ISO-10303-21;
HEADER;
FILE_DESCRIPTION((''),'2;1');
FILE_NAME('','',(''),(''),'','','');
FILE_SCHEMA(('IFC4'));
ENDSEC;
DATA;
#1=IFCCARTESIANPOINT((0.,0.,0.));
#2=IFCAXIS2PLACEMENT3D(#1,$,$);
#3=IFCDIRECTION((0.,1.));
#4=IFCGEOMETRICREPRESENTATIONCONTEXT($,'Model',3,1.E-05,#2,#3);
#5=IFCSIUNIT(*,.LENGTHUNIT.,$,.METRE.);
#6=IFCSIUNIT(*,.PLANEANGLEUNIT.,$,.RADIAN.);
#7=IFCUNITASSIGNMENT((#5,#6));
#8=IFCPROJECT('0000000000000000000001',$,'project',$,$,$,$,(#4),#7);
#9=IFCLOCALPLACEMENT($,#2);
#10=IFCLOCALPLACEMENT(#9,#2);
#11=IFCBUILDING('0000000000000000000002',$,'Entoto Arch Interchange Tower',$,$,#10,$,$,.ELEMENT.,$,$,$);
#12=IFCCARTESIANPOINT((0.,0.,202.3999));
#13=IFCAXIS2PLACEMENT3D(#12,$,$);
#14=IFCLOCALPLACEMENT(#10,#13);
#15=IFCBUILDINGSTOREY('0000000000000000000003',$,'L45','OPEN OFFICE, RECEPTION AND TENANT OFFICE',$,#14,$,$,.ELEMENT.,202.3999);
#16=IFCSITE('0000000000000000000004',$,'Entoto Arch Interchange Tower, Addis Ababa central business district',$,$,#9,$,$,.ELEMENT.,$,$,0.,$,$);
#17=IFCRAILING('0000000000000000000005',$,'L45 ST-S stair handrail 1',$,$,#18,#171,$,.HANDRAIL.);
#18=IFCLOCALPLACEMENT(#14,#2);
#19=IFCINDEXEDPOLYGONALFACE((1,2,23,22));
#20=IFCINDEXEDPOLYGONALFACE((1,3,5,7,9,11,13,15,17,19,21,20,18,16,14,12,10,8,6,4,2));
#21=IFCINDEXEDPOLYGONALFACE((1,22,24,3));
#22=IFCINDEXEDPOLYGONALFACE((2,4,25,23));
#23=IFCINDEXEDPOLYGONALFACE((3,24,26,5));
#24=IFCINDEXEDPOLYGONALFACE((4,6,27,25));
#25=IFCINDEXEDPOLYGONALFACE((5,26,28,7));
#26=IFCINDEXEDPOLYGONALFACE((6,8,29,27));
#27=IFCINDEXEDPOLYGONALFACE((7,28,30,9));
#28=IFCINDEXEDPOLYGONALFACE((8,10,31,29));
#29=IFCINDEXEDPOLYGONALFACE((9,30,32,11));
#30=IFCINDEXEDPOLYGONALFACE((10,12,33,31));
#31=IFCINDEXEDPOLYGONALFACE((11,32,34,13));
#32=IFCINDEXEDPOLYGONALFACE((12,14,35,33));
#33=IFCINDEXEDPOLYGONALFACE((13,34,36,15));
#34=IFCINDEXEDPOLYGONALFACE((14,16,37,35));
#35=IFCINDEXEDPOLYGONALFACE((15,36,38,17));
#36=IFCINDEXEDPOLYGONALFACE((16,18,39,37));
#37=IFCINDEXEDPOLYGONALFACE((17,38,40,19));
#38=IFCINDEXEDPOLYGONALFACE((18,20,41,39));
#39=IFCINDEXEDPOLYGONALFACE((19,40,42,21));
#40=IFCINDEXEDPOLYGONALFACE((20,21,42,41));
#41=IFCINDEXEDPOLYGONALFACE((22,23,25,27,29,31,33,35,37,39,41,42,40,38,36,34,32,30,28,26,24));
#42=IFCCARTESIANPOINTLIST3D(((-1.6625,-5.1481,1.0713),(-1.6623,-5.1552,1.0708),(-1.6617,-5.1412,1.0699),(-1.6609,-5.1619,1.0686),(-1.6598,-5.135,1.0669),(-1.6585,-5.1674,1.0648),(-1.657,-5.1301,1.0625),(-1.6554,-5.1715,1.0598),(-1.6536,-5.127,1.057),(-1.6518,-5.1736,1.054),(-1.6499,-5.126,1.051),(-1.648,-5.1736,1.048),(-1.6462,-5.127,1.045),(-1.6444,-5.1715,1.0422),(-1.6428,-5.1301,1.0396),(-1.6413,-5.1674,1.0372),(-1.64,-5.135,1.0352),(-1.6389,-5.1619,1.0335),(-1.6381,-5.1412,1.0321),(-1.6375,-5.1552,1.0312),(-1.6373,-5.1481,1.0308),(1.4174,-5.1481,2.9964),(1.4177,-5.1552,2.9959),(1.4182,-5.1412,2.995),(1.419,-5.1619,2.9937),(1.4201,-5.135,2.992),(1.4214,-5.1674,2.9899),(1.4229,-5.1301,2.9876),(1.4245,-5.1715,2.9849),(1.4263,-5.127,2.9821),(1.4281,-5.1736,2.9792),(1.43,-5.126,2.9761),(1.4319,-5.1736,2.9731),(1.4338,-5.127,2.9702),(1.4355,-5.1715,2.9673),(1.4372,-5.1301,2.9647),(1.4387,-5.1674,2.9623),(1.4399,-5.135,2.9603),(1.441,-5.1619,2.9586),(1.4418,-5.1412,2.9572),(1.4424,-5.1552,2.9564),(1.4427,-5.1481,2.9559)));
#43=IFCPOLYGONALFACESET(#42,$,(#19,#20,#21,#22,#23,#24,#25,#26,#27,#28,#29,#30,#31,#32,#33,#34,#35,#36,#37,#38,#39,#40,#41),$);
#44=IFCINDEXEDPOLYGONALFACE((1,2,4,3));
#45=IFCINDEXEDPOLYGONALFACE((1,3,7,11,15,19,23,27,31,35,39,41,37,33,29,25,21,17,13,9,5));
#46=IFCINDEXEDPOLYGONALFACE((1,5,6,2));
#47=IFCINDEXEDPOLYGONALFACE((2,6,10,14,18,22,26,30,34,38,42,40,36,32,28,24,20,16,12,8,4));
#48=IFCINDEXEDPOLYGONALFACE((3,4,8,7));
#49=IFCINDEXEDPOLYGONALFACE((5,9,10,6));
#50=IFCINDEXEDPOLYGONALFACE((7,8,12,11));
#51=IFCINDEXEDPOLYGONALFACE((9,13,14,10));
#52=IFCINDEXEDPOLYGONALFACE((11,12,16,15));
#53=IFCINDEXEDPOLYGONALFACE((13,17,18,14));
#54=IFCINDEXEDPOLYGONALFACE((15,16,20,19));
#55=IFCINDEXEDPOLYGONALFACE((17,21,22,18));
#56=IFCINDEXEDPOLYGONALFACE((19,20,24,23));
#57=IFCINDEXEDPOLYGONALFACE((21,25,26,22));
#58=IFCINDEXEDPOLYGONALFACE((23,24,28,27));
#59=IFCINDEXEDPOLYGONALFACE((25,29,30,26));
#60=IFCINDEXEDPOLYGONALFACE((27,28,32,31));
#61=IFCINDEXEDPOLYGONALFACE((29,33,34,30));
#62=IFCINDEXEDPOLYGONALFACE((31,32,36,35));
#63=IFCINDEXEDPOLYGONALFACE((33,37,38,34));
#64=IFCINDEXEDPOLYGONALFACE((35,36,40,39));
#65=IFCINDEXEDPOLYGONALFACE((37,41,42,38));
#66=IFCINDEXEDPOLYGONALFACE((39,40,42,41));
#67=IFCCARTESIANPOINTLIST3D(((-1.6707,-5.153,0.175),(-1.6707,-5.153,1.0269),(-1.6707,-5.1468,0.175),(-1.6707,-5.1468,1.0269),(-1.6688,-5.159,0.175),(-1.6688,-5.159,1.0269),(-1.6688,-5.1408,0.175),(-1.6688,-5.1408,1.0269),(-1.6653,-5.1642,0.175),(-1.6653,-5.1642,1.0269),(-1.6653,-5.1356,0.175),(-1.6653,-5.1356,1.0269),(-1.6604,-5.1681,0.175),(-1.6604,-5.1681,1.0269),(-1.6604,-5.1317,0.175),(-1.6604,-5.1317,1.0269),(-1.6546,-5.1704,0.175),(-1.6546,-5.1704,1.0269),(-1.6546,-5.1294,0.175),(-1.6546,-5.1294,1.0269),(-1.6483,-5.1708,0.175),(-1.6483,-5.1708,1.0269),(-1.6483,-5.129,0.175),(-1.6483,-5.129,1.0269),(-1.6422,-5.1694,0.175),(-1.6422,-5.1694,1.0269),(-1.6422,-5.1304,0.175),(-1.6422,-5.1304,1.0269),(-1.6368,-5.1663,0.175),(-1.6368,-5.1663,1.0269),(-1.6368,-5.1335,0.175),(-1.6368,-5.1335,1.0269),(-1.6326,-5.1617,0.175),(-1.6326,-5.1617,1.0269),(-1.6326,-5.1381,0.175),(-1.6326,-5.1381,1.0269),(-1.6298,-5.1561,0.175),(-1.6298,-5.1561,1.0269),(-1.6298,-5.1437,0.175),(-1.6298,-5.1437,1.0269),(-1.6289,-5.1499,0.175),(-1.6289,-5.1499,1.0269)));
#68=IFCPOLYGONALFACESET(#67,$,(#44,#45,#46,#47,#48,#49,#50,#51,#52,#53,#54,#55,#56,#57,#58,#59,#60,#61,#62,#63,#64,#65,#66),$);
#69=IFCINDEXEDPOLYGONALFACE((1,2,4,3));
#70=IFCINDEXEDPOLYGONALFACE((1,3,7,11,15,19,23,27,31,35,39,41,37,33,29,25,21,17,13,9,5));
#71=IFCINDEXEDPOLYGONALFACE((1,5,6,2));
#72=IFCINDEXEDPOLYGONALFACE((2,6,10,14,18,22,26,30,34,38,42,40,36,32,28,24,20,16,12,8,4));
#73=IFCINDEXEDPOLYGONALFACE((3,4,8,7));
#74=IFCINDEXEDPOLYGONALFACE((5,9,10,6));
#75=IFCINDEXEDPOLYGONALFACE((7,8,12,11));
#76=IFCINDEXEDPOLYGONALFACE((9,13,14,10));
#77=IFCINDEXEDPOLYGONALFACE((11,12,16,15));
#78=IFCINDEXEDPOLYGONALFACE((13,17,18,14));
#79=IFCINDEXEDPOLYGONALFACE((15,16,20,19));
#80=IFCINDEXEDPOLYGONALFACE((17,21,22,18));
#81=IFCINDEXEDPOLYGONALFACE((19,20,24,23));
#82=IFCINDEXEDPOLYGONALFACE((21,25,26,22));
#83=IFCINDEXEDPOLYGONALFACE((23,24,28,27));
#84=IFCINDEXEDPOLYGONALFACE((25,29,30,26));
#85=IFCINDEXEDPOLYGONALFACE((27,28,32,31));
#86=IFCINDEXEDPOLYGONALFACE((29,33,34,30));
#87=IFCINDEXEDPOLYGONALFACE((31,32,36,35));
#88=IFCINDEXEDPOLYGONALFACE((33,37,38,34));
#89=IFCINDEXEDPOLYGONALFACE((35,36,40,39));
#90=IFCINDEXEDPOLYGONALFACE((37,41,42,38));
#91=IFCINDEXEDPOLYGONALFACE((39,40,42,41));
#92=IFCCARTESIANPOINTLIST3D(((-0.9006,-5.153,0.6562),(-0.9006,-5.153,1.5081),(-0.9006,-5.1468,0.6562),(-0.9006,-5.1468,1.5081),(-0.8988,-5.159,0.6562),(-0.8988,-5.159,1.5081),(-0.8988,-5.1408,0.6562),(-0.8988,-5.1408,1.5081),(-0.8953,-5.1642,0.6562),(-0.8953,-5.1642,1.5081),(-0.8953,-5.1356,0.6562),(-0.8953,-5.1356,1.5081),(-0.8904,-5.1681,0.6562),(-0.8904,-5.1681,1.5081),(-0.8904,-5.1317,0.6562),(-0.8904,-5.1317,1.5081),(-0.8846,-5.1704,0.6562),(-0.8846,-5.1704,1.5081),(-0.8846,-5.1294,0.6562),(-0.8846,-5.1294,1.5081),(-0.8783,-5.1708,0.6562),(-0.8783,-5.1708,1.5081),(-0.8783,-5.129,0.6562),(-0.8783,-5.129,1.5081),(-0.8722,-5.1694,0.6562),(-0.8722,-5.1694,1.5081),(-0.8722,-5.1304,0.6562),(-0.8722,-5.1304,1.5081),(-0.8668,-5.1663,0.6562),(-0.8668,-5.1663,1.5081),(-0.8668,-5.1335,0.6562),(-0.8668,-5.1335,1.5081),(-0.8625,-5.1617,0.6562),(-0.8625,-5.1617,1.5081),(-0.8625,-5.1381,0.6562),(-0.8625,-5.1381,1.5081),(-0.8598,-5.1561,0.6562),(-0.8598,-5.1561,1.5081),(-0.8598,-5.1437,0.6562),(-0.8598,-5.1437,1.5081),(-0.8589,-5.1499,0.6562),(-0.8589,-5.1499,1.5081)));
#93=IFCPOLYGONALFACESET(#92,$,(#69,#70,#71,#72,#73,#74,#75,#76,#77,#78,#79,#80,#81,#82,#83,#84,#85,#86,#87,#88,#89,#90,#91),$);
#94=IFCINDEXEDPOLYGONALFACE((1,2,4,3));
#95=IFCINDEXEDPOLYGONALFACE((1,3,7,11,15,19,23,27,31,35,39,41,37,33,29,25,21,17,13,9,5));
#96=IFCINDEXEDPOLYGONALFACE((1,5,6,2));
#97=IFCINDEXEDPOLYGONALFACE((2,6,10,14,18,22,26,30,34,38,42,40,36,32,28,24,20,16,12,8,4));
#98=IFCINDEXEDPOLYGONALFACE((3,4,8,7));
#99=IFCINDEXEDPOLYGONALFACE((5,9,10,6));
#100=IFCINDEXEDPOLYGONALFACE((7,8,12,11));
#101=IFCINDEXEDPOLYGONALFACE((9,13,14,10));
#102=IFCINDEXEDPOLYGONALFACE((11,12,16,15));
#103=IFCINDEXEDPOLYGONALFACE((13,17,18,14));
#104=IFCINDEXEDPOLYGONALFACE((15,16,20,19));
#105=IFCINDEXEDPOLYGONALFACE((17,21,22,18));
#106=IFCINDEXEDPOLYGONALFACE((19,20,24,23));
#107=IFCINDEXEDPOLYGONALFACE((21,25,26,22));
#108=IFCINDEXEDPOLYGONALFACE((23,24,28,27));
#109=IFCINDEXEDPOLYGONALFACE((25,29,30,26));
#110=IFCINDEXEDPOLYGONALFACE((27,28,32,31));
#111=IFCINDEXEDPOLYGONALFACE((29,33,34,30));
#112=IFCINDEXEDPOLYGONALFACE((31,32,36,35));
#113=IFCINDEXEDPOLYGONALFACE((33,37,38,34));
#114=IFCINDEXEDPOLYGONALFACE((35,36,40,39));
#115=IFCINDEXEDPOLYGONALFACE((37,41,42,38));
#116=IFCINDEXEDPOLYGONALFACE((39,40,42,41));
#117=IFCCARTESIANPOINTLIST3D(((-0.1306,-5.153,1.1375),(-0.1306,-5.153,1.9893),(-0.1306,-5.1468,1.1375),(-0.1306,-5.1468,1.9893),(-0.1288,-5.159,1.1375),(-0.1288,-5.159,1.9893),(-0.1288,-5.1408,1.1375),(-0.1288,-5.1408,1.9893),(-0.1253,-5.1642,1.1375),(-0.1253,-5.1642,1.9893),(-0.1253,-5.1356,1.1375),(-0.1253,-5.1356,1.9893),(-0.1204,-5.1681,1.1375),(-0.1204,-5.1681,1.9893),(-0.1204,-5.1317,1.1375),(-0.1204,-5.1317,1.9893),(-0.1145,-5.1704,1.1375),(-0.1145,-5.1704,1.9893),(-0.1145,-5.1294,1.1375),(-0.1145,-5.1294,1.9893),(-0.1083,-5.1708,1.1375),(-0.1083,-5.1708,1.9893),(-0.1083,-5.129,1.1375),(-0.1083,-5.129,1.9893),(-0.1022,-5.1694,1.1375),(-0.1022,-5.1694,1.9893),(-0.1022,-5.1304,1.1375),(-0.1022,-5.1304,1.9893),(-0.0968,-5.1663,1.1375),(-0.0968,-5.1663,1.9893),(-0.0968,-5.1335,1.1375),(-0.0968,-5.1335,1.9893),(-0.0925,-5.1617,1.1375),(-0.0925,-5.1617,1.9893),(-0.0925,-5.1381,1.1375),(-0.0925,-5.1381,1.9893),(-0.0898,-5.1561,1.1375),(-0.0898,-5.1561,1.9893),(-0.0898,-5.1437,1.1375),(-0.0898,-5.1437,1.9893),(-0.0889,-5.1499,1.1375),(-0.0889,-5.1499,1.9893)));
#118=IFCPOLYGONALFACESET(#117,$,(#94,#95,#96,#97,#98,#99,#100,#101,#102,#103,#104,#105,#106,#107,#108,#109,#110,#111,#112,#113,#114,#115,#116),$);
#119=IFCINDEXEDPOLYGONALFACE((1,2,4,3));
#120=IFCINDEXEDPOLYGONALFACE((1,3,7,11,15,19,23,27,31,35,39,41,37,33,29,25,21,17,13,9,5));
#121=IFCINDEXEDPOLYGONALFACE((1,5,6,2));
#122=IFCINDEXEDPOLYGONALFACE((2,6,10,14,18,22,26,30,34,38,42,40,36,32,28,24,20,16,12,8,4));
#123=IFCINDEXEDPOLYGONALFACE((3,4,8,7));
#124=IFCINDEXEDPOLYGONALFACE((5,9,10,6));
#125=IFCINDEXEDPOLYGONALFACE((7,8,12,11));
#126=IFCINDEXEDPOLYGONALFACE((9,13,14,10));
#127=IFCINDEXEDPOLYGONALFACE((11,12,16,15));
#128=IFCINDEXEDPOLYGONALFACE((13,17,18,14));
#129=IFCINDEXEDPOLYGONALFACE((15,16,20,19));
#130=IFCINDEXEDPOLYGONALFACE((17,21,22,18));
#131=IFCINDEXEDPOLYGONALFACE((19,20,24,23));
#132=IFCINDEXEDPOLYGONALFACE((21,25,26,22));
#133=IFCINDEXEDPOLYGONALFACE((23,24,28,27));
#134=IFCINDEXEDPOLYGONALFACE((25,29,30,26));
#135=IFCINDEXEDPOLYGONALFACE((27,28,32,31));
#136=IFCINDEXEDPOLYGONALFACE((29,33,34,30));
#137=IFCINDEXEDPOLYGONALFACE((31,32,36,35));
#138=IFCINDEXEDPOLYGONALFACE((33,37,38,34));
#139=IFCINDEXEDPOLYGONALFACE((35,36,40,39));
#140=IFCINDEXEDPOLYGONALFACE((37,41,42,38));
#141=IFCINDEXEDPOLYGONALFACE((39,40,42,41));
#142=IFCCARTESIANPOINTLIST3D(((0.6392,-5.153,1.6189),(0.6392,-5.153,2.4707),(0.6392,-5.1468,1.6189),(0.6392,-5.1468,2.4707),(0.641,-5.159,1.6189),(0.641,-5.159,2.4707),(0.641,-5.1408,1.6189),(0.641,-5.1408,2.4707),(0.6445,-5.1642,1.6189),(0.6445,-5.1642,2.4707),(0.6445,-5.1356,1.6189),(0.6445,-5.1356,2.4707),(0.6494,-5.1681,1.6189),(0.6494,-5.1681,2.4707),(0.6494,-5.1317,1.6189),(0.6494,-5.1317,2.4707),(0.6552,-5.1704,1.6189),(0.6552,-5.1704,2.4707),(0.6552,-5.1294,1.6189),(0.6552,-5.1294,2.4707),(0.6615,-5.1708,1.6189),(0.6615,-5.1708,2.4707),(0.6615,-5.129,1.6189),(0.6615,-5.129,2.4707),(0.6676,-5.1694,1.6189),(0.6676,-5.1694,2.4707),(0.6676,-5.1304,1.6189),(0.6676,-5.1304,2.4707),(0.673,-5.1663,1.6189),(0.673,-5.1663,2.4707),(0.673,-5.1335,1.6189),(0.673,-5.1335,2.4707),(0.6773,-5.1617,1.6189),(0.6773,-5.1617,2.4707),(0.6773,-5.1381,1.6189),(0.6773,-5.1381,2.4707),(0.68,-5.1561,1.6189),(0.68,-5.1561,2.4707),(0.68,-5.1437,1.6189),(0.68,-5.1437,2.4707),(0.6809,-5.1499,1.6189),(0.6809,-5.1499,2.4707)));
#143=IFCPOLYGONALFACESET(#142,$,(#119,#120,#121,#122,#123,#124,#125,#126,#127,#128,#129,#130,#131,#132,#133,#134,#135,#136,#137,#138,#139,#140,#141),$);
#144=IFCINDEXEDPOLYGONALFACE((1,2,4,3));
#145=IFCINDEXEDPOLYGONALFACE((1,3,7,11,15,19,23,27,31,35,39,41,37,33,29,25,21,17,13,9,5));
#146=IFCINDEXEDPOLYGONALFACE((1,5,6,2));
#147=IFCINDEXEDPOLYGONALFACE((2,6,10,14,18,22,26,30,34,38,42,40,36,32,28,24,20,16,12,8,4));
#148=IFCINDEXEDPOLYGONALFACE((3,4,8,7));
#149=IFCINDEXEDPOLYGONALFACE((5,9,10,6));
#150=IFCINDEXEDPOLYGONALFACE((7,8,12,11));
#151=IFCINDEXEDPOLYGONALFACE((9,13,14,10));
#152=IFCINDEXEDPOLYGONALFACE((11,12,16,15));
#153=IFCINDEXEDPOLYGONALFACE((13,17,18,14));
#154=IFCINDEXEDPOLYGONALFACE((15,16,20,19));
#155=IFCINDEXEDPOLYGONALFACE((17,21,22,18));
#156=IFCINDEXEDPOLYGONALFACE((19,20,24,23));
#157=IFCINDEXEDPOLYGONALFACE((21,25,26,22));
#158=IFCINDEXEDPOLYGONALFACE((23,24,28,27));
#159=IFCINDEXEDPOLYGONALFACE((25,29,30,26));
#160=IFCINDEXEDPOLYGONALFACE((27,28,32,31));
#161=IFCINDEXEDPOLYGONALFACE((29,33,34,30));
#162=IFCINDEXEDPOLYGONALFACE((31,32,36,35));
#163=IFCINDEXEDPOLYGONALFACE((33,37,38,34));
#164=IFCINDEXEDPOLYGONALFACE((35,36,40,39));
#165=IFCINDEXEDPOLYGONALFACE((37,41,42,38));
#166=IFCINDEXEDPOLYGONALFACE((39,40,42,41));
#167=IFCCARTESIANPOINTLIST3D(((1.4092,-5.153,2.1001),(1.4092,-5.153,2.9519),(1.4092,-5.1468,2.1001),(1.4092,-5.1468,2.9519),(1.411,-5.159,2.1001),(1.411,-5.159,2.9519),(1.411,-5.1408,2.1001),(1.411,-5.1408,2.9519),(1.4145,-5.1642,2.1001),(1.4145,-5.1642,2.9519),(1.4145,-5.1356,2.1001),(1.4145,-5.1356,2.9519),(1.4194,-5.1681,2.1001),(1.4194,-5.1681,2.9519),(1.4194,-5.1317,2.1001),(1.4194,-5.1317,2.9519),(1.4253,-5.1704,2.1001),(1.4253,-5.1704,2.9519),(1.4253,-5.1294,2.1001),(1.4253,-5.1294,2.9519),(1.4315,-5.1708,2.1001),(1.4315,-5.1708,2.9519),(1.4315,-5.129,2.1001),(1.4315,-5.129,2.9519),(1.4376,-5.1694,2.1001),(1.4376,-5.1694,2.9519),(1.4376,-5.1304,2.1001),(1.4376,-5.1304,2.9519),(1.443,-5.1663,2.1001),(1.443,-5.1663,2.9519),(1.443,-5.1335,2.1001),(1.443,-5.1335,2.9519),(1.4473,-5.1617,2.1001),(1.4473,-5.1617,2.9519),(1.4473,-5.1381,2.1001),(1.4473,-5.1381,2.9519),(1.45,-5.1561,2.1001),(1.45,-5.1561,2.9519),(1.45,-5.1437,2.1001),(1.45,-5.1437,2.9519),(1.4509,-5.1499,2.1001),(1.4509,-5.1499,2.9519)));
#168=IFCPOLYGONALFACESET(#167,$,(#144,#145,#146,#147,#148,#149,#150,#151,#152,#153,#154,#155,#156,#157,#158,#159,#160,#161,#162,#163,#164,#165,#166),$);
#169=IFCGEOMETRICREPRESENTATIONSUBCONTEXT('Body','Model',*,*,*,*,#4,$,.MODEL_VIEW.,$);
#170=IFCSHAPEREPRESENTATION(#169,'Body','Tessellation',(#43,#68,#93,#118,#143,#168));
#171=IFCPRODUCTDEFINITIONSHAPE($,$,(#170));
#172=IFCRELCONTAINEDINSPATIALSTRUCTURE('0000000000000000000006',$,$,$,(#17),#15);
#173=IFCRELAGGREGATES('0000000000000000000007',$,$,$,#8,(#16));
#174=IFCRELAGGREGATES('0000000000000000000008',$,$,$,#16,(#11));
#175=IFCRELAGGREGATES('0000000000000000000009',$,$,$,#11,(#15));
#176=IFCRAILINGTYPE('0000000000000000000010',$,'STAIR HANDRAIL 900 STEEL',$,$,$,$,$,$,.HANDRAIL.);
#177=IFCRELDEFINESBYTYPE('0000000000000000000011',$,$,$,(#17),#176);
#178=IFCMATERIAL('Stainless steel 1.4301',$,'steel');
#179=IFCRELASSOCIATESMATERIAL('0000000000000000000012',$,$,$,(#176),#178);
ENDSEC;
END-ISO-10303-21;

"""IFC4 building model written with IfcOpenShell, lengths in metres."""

from ifc_helpers import new_model, si_unit, direction, frame, origin, origin_2d, place, context, subcontext, project, spatial, circle, extrude, material, type_object, element, save


model = new_model("IFC4")

# Units and contexts
model_context = context("Model", 3, precision=1e-05, world=origin(), true_north=direction((0.0, 1.0)))
body_context = subcontext(model_context, "Body", "Model", "MODEL_VIEW")
ifc_project = project(units=[si_unit("LENGTHUNIT", "METRE"), si_unit("PLANEANGLEUNIT", "RADIAN")], contexts=[model_context])

# Site, building, storey
site_placement = place(None, origin())
site = spatial("IfcSite", under=ifc_project, at=site_placement, Name="Entoto Arch Interchange Tower, Addis Ababa central business district", CompositionType="ELEMENT", RefElevation=0.0)
building_placement = place(site_placement, origin())
building = spatial("IfcBuilding", under=site, at=building_placement, Name="Entoto Arch Interchange Tower", CompositionType="ELEMENT")
storey_placement = place(building_placement, frame((0.0, 0.0, 202.3999)))
storey = spatial("IfcBuildingStorey", under=building, at=storey_placement, Name="L45", Description="OPEN OFFICE, RECEPTION AND TENANT OFFICE", CompositionType="ELEMENT", Elevation=202.3999)

# Railing
ifc_material_1 = material(Name="Stainless steel 1.4301", Category="steel")
railing_type_1 = type_object("IfcRailingType", Name="STAIR HANDRAIL 900 STEEL", PredefinedType="HANDRAIL", material=ifc_material_1)
railing_1_placement = place(storey_placement, frame((-1.6499, -5.1499, 0.175)))
element("IfcRailing", 1, at=railing_1_placement, inside=storey, type_object=railing_type_1, Name="L45 ST-S stair handrail 1", PredefinedType="HANDRAIL", context=body_context, shape_type="SweptSolid", body=[
    extrude(circle(Radius=0.0239, at=origin_2d()), frame((0.0, 0.0, 0.876), z_axis=(0.847979, 0.0, 0.530029), x_axis=(0.0, 1.0, 0.0)), (0.0, 0.0, 1.0), 3.6321),
    extrude(circle(Radius=0.021, at=origin_2d()), origin(), (0.0, 0.0, 1.0), 0.8518),
    extrude(circle(Radius=0.021, at=origin_2d()), frame((0.77, 0.0, 0.4812)), (0.0, 0.0, 1.0), 0.8518),
    extrude(circle(Radius=0.021, at=origin_2d()), frame((1.54, 0.0, 0.9624)), (0.0, 0.0, 1.0), 0.8518),
    extrude(circle(Radius=0.021, at=origin_2d()), frame((2.3098, 0.0, 1.4438)), (0.0, 0.0, 1.0), 0.8518),
    extrude(circle(Radius=0.021, at=origin_2d()), frame((3.0798, 0.0, 1.925)), (0.0, 0.0, 1.0), 0.8518),
])

save(model, "model.ifc")
